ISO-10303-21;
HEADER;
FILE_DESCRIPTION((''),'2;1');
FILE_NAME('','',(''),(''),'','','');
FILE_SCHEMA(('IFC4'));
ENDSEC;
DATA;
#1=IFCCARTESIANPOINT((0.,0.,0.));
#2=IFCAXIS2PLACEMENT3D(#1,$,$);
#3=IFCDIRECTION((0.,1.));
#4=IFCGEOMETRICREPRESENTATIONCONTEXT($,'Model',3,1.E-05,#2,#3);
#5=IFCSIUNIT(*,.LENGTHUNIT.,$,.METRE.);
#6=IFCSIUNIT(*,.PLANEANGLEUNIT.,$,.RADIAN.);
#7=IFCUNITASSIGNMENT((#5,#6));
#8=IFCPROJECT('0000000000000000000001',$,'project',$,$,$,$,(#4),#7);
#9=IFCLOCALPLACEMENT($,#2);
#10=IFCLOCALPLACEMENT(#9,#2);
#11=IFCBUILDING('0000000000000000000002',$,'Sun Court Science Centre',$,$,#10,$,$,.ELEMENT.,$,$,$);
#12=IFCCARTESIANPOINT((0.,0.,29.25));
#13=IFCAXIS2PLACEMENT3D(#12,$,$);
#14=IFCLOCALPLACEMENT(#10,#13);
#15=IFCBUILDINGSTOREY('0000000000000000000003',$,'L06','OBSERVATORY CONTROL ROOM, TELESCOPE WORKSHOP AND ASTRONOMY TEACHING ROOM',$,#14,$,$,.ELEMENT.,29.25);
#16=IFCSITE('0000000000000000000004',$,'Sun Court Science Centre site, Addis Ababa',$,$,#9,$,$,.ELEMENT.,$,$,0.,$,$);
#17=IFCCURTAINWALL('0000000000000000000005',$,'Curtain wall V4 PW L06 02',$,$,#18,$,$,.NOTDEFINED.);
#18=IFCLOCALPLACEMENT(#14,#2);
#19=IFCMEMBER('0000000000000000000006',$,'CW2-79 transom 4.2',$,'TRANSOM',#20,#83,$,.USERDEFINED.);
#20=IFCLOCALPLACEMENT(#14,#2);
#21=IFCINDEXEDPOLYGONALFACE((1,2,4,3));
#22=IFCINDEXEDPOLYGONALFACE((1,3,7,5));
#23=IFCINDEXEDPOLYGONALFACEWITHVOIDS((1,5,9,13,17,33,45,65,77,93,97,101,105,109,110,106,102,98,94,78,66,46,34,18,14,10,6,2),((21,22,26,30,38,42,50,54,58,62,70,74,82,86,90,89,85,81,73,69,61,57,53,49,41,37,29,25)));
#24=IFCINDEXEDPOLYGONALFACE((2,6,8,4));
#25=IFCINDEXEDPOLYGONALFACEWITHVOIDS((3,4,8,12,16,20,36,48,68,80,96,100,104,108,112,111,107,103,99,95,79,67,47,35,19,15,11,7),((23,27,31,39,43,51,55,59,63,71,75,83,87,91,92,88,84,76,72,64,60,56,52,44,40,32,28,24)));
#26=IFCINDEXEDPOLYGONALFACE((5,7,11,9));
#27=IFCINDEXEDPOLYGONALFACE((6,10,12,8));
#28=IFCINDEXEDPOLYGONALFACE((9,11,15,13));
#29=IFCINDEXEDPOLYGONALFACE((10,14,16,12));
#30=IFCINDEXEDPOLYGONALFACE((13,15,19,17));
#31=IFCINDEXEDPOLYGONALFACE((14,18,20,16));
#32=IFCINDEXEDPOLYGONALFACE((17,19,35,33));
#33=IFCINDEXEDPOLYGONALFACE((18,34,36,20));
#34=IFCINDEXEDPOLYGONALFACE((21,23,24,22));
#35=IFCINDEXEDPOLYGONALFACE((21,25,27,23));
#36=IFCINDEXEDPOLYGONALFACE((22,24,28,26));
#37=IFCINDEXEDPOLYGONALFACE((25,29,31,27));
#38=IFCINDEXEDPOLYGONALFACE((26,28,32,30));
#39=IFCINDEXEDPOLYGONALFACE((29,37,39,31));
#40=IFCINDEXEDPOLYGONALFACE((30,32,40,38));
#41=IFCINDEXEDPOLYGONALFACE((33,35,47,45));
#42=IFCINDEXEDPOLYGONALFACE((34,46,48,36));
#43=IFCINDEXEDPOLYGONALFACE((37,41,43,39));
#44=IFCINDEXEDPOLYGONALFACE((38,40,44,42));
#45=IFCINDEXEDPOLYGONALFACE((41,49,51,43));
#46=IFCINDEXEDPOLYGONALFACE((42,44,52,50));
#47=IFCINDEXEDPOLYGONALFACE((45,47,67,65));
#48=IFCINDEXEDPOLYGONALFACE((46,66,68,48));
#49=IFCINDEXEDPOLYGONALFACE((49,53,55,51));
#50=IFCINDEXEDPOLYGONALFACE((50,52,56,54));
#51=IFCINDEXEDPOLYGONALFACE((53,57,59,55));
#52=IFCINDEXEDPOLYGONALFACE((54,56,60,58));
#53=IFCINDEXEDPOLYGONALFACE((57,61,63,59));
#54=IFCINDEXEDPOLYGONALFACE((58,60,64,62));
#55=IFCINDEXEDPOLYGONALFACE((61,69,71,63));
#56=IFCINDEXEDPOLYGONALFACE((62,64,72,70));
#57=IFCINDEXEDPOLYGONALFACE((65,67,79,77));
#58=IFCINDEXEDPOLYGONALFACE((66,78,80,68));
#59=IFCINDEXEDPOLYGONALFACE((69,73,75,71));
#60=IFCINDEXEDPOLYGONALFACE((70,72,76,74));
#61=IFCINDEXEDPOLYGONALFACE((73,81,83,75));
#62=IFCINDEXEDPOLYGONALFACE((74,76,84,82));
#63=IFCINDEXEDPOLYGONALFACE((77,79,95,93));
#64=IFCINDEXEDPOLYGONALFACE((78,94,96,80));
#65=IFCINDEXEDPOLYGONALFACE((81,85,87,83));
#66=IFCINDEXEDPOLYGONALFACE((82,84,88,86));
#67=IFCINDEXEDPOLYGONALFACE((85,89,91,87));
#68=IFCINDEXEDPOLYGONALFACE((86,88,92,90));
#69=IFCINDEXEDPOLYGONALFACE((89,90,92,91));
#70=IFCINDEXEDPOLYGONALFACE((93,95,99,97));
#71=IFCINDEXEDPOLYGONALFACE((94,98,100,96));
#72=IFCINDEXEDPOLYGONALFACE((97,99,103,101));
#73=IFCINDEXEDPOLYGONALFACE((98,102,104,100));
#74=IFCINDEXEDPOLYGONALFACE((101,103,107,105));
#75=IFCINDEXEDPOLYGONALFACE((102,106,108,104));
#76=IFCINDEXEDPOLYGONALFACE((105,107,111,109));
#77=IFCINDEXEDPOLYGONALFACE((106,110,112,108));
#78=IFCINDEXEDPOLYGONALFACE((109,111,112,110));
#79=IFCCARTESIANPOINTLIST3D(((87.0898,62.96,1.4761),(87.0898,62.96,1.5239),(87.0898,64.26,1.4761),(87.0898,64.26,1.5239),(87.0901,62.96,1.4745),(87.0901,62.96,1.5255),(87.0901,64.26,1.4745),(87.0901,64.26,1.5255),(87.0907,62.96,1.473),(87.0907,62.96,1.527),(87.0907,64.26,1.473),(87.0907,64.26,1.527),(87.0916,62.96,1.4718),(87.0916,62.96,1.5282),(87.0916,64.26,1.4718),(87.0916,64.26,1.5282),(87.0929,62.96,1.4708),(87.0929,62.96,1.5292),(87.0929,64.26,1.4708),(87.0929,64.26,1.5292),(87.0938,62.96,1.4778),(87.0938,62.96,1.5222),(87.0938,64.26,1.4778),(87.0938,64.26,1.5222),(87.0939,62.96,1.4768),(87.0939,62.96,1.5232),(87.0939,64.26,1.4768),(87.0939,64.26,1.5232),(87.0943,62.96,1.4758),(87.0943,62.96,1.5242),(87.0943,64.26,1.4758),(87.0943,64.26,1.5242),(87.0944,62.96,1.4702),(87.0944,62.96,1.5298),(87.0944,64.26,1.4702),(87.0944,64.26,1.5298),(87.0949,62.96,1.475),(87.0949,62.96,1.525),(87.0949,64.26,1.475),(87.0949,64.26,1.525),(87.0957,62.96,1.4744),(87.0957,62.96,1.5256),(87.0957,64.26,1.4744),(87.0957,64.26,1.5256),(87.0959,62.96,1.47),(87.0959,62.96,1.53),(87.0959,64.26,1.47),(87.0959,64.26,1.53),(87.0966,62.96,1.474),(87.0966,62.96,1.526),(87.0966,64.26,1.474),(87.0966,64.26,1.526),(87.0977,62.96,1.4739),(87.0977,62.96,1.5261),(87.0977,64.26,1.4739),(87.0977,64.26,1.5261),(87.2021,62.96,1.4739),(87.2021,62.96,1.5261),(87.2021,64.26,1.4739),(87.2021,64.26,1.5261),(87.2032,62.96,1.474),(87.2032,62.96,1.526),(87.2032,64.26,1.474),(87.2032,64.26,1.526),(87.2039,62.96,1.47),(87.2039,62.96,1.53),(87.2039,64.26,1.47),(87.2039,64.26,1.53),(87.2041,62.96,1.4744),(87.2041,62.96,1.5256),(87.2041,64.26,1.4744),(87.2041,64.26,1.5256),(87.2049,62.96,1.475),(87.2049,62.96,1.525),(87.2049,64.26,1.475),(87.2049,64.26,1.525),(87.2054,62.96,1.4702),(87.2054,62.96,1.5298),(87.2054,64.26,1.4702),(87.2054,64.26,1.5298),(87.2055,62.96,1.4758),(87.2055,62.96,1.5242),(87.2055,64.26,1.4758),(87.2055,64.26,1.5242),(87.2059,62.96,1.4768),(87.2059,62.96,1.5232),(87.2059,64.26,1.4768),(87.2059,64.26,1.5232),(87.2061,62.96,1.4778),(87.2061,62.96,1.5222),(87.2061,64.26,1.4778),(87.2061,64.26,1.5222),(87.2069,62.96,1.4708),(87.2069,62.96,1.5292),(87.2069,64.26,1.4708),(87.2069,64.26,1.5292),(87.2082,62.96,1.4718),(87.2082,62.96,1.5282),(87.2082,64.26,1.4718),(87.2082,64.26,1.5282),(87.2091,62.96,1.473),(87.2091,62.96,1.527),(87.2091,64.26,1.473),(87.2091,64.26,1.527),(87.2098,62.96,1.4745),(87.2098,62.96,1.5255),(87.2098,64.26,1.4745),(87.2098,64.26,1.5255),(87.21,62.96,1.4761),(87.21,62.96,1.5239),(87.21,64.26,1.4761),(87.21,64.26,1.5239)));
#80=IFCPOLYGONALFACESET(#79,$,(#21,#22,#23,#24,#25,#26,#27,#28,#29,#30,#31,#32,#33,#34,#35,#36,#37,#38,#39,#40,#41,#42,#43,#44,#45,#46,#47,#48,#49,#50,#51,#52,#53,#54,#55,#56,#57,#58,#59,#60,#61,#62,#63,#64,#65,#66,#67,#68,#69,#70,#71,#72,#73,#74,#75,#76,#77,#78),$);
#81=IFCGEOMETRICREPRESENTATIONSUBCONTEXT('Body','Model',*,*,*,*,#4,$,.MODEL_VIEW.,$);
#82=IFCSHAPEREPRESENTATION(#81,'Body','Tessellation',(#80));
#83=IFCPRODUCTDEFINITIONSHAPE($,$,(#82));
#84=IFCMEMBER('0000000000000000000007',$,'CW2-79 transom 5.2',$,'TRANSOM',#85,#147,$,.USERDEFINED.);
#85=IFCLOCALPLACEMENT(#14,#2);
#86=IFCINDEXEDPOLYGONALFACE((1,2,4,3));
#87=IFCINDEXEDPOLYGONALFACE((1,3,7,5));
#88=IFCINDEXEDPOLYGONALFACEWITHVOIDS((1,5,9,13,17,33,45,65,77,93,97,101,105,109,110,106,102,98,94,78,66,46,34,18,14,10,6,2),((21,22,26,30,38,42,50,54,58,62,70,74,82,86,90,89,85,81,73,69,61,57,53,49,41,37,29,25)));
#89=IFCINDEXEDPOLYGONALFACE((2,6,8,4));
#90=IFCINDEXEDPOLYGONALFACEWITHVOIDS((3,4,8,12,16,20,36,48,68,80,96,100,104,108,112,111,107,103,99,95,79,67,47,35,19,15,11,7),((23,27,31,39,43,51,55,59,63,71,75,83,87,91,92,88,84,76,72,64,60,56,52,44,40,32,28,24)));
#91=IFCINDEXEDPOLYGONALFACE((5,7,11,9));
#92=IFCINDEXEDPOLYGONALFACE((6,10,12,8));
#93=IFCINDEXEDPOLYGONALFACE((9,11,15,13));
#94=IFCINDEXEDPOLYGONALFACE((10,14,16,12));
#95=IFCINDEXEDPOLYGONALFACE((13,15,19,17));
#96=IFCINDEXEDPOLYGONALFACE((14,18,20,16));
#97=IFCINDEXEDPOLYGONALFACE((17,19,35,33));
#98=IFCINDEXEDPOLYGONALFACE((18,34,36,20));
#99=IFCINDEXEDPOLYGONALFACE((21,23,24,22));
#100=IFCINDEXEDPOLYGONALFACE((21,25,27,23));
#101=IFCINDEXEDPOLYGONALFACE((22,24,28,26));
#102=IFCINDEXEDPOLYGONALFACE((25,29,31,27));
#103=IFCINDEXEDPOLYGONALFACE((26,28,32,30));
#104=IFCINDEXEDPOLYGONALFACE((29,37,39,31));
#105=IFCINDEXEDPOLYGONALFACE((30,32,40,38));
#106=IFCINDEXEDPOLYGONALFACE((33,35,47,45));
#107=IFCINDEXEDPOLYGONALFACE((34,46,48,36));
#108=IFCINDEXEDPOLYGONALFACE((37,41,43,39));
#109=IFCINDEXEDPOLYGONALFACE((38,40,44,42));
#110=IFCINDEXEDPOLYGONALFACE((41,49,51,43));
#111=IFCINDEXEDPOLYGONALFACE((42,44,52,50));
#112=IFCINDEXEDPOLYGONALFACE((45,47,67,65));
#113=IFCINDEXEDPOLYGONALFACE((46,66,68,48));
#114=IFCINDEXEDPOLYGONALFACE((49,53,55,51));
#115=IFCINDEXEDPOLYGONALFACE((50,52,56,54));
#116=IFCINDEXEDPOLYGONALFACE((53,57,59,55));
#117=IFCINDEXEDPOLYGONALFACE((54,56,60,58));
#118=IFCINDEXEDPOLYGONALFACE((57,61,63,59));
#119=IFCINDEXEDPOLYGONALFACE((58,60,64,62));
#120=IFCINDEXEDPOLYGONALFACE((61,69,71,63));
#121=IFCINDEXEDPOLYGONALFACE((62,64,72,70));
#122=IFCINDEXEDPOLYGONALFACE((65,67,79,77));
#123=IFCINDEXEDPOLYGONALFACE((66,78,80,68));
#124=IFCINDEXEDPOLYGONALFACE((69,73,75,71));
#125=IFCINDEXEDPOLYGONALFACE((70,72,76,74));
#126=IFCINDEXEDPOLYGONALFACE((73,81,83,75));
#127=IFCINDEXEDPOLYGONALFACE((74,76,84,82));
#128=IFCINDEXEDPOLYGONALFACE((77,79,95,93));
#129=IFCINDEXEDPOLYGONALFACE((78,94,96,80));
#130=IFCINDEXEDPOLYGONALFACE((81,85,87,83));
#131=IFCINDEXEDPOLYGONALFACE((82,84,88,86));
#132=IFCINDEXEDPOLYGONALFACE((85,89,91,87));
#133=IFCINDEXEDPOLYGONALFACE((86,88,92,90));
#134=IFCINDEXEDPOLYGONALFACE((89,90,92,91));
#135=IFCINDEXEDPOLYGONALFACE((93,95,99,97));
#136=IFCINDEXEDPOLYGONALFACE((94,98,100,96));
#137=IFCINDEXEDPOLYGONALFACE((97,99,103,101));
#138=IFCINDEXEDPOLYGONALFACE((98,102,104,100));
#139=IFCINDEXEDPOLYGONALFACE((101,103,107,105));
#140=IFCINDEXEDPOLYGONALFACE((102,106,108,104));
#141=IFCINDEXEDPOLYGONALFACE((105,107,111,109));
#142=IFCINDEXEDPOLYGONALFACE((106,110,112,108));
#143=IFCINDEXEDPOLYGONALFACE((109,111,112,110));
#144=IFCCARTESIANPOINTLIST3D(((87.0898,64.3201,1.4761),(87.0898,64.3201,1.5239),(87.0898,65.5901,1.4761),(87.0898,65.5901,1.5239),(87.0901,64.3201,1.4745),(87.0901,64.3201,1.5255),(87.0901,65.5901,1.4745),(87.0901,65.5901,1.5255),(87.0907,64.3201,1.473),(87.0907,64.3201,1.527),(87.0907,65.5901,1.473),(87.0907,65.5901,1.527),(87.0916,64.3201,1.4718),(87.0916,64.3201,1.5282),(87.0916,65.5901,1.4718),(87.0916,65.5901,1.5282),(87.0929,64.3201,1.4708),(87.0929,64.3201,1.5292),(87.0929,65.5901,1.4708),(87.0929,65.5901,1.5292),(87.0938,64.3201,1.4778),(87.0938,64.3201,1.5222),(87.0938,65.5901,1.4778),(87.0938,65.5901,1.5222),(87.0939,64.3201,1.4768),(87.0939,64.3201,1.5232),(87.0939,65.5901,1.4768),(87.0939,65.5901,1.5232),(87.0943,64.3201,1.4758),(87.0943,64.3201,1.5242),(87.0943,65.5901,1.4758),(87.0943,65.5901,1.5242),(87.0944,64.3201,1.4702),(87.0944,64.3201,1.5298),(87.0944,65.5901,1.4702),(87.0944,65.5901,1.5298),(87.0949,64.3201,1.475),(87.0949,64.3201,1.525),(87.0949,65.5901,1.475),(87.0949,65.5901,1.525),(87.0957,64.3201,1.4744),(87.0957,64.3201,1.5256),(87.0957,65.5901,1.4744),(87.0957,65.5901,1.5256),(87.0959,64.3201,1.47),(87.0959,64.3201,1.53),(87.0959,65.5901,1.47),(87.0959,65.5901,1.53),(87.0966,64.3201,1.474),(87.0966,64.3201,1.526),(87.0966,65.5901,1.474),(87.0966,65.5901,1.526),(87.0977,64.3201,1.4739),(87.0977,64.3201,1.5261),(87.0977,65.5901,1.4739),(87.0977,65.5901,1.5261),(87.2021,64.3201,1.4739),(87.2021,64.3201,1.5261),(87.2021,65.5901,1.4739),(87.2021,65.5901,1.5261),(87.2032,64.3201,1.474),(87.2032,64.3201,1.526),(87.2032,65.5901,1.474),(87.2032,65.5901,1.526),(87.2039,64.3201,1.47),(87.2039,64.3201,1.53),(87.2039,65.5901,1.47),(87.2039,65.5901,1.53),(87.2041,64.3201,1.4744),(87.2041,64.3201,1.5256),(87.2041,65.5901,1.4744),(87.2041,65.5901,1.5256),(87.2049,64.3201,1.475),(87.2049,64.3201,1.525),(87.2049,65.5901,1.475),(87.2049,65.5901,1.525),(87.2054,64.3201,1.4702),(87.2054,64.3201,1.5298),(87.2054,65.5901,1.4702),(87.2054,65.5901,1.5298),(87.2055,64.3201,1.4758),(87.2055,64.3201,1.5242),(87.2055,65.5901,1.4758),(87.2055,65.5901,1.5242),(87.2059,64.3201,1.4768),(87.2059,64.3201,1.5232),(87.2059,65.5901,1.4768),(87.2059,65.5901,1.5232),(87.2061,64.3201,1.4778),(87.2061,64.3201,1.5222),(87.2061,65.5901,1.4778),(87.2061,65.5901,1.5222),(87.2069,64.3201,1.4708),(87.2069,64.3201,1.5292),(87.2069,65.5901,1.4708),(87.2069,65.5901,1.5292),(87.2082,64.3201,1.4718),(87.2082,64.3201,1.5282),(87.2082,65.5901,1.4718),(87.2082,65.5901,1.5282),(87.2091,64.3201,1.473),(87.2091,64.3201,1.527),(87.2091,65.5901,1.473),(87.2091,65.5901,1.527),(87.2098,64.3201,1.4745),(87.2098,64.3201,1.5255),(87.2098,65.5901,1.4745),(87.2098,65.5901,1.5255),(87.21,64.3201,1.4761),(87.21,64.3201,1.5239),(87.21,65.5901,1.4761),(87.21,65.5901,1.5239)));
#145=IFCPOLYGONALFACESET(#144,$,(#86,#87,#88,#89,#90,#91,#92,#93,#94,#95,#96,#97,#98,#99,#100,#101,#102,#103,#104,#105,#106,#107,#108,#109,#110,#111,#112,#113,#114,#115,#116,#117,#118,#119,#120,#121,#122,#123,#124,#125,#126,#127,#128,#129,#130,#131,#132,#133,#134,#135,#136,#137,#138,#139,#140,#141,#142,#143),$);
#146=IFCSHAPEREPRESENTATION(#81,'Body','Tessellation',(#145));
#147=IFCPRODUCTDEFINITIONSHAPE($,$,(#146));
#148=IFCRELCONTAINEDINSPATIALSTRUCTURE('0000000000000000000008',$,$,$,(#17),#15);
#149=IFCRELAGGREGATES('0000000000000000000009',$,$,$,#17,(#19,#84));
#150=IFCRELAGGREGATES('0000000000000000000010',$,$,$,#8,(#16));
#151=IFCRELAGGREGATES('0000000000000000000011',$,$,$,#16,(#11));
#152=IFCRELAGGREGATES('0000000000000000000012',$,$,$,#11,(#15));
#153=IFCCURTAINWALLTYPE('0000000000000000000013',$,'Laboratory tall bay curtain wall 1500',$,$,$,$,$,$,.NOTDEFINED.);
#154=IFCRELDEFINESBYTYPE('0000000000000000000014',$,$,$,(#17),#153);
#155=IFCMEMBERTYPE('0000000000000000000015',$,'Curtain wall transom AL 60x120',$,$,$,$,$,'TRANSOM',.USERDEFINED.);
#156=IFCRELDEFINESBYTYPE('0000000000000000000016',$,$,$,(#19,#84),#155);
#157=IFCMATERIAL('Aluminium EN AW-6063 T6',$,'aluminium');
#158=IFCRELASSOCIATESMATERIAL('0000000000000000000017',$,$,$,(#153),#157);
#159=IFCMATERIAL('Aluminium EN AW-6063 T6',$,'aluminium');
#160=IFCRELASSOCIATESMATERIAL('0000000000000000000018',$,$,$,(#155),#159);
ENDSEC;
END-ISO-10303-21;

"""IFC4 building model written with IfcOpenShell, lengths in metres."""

from ifc_helpers import new_model, si_unit, direction, frame, origin, origin_2d, place, context, subcontext, project, spatial, hollow_rectangle, extrude, material, material_profile, profile_set, type_object, element, aggregate, save


model = new_model("IFC4")

# Units and contexts
model_context = context("Model", 3, precision=1e-05, world=origin(), true_north=direction((0.0, 1.0)))
body_context = subcontext(model_context, "Body", "Model", "MODEL_VIEW")
ifc_project = project(units=[si_unit("LENGTHUNIT", "METRE"), si_unit("PLANEANGLEUNIT", "RADIAN")], contexts=[model_context])

# Site, building, storey
site_placement = place(None, origin())
site = spatial("IfcSite", under=ifc_project, at=site_placement, Name="Sun Court Science Centre site, Addis Ababa", CompositionType="ELEMENT", RefElevation=0.0)
building_placement = place(site_placement, origin())
building = spatial("IfcBuilding", under=site, at=building_placement, Name="Sun Court Science Centre", CompositionType="ELEMENT")
storey_placement = place(building_placement, frame((0.0, 0.0, 29.25)))
storey = spatial("IfcBuildingStorey", under=building, at=storey_placement, Name="L06", Description="OBSERVATORY CONTROL ROOM, TELESCOPE WORKSHOP AND ASTRONOMY TEACHING ROOM", CompositionType="ELEMENT", Elevation=29.25)

# Curtain wall, members
ifc_material_1 = material(Name="Aluminium EN AW-6063 T6", Category="aluminium")
curtain_wall_type = type_object("IfcCurtainWallType", Name="Laboratory tall bay curtain wall 1500", PredefinedType="NOTDEFINED", material=ifc_material_1)
curtain_wall_placement = place(storey_placement, origin())
curtain_wall = element("IfcCurtainWall", 1, at=curtain_wall_placement, inside=storey, type_object=curtain_wall_type, Name="Curtain wall V4 PW L06 02", PredefinedType="NOTDEFINED")
ifc_material_2 = material(Name="Aluminium EN AW-6063 T6", Category="aluminium")
ifc_material_profile_1 = material_profile(ifc_material_2, hollow_rectangle(XDim=0.0601, YDim=0.1201, WallThickness=0.0039, InnerFilletRadius=0.0039, OuterFilletRadius=0.0061, at=origin_2d()), Name="AL 60x120x4")
ifc_profile_set_1 = profile_set([ifc_material_profile_1], Name="Aluminium EN AW-6063 T6")
member_type_1 = type_object("IfcMemberType", Name="Curtain wall transom AL 60x120", ElementType="TRANSOM", PredefinedType="USERDEFINED", material=ifc_profile_set_1)
member_1_placement = place(storey_placement, frame((87.1499, 62.96, 1.5), z_axis=(0.0, 1.0, 0.0), x_axis=(0.0, 0.0, 1.0)))
member_1 = element("IfcMember", 2, at=member_1_placement, type_object=member_type_1, Name="CW2-79 transom 4.2", ObjectType="TRANSOM", PredefinedType="USERDEFINED", context=body_context, shape_type="SweptSolid", body=[
    extrude(hollow_rectangle(XDim=0.0601, YDim=0.1201, WallThickness=0.0039, InnerFilletRadius=0.0039, OuterFilletRadius=0.0061, at=origin_2d()), origin(), (0.0, 0.0, 1.0), 1.3),
])
member_2_placement = place(storey_placement, frame((87.1499, 64.3201, 1.5), z_axis=(0.0, 1.0, 0.0), x_axis=(0.0, 0.0, 1.0)))
member_2 = element("IfcMember", 3, at=member_2_placement, type_object=member_type_1, Name="CW2-79 transom 5.2", ObjectType="TRANSOM", PredefinedType="USERDEFINED", context=body_context, shape_type="SweptSolid", body=[
    extrude(hollow_rectangle(XDim=0.0601, YDim=0.1201, WallThickness=0.0039, InnerFilletRadius=0.0039, OuterFilletRadius=0.0061, at=origin_2d()), origin(), (0.0, 0.0, 1.0), 1.27),
])

aggregate(curtain_wall, [member_1, member_2])

save(model, "model.ifc")
